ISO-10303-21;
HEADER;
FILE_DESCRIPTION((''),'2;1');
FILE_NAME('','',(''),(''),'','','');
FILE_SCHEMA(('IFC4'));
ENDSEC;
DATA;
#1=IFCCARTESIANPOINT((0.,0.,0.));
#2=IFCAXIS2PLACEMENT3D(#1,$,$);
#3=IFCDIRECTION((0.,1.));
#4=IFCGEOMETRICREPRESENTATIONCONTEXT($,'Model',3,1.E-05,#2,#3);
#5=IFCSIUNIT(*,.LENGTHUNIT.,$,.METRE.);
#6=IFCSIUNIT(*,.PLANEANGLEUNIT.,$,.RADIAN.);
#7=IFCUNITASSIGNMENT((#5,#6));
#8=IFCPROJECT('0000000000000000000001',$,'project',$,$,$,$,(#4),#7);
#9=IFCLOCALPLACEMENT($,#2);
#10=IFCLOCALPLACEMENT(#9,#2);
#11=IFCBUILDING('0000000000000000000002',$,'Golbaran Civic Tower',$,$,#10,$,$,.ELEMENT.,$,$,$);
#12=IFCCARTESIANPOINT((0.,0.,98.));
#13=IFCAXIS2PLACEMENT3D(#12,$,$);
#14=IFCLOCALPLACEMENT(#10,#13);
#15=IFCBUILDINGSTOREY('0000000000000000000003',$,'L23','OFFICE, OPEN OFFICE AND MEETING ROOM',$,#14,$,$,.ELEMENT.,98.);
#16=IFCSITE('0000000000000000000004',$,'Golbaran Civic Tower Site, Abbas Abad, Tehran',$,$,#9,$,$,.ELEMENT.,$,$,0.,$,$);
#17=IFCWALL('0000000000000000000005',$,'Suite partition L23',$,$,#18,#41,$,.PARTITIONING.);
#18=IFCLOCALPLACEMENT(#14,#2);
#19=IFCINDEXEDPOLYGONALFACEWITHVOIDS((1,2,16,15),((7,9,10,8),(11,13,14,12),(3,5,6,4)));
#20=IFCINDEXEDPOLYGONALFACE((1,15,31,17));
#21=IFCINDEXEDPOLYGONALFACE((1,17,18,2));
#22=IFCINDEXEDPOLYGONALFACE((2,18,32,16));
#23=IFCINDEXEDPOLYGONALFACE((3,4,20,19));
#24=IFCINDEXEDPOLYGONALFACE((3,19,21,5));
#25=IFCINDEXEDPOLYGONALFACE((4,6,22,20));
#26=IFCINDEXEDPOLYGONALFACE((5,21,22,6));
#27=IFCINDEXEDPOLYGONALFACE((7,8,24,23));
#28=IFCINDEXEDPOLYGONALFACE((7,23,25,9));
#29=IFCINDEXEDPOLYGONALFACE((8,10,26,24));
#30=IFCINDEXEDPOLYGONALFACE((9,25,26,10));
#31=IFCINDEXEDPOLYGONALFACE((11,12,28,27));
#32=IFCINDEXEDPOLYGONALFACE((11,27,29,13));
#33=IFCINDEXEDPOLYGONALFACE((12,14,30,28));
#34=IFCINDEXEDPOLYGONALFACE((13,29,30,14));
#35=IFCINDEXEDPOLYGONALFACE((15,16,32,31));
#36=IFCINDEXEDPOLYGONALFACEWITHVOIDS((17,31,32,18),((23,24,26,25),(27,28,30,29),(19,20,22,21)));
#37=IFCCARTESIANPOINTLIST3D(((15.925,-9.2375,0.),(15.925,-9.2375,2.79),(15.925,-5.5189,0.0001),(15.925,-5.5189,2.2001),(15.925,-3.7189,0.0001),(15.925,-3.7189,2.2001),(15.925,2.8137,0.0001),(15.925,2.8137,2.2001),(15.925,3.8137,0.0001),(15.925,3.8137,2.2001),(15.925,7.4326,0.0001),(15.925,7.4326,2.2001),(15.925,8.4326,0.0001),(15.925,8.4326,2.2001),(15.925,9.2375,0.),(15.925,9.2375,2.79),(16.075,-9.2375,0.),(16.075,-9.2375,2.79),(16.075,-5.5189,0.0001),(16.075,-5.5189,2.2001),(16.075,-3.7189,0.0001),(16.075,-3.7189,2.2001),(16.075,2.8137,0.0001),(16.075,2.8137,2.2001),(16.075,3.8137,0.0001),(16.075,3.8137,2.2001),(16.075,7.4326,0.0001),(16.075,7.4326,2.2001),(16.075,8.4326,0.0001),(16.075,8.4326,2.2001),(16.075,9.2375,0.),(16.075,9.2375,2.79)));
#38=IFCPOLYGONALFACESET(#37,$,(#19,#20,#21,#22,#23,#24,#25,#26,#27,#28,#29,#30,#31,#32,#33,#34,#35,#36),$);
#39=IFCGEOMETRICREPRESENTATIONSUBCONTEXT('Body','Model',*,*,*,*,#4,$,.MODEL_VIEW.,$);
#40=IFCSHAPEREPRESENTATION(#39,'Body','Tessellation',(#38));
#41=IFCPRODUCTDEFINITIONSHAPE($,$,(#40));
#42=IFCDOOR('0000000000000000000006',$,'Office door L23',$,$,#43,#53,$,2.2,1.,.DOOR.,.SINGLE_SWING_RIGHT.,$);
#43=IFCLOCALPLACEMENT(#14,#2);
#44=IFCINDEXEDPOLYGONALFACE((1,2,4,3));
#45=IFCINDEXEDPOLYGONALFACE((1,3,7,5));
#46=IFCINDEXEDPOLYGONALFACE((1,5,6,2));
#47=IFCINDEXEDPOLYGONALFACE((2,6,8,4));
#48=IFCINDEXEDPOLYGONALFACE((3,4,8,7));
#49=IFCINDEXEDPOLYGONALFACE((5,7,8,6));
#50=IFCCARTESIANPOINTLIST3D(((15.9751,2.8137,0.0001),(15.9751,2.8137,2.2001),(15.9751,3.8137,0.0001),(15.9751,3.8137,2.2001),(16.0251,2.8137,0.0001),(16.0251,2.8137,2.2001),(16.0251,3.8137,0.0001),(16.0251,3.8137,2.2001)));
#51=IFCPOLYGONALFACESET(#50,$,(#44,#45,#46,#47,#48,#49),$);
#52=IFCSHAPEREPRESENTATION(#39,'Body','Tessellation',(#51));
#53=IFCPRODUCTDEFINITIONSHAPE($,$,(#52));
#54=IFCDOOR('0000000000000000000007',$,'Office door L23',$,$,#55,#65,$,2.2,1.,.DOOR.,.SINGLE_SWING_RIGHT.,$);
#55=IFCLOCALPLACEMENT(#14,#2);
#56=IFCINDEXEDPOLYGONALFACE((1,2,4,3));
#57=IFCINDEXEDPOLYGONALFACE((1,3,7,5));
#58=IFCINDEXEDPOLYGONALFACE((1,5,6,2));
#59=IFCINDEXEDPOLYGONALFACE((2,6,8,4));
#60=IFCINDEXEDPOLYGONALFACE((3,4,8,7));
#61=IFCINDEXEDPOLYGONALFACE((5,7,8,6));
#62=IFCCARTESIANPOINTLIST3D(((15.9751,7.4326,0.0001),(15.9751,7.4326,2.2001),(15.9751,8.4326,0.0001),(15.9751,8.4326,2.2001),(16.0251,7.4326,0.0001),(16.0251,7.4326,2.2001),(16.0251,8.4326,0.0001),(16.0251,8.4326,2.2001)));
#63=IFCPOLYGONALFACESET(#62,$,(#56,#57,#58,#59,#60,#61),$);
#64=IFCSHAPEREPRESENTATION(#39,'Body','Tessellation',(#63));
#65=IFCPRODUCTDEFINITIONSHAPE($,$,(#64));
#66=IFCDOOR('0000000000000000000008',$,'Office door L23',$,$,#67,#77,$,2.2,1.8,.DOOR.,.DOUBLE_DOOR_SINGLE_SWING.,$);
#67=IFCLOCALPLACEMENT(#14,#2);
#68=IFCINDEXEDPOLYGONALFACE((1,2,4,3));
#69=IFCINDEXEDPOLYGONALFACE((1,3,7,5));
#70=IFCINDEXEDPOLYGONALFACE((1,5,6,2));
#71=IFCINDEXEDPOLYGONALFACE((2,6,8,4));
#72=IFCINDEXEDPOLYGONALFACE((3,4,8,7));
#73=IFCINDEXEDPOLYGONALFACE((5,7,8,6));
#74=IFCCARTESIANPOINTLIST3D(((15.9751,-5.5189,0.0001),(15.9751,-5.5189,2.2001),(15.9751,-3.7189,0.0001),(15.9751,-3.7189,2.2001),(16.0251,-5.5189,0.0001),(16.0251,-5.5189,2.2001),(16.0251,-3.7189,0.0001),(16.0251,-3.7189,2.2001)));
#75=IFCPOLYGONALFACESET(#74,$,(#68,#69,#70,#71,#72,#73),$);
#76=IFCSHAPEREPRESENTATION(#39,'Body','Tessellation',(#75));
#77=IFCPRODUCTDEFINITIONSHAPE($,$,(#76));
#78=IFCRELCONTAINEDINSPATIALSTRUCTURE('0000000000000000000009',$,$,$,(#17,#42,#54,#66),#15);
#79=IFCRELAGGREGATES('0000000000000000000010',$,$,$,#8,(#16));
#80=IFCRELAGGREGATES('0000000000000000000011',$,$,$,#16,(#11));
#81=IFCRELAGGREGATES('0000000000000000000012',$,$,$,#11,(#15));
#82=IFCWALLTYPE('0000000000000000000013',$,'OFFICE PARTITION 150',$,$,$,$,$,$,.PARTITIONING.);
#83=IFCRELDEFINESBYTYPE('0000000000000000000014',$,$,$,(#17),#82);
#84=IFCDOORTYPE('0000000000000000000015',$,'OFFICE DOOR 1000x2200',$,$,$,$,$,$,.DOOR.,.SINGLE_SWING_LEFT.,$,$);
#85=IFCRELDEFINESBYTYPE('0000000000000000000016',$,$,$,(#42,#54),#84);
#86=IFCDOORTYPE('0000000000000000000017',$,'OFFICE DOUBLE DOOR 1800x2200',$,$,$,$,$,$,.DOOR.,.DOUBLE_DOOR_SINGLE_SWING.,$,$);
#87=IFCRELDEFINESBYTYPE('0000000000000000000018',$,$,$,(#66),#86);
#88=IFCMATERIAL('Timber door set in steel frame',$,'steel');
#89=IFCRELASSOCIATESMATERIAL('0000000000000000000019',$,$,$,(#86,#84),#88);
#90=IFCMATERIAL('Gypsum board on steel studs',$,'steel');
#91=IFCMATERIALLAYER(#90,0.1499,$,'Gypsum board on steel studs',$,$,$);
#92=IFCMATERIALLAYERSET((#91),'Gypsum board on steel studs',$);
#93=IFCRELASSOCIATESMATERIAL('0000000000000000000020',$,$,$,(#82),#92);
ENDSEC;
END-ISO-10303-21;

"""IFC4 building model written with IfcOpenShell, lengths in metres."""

from ifc_helpers import new_model, si_unit, direction, frame, frame_2d, origin, place, context, subcontext, project, spatial, rectangle, extrude, material, layer, layer_set, type_object, element, fill, save


model = new_model("IFC4")

# Units and contexts
model_context = context("Model", 3, precision=1e-05, world=origin(), true_north=direction((0.0, 1.0)))
body_context = subcontext(model_context, "Body", "Model", "MODEL_VIEW")
ifc_project = project(units=[si_unit("LENGTHUNIT", "METRE"), si_unit("PLANEANGLEUNIT", "RADIAN")], contexts=[model_context])

# Site, building, storey
site_placement = place(None, origin())
site = spatial("IfcSite", under=ifc_project, at=site_placement, Name="Golbaran Civic Tower Site, Abbas Abad, Tehran", CompositionType="ELEMENT", RefElevation=0.0)
building_placement = place(site_placement, origin())
building = spatial("IfcBuilding", under=site, at=building_placement, Name="Golbaran Civic Tower", CompositionType="ELEMENT")
storey_placement = place(building_placement, frame((0.0, 0.0, 98.0)))
storey = spatial("IfcBuildingStorey", under=building, at=storey_placement, Name="L23", Description="OFFICE, OPEN OFFICE AND MEETING ROOM", CompositionType="ELEMENT", Elevation=98.0)

# Shared definitions
ifc_material_1 = material(Name="Timber door set in steel frame", Category="steel")

# Shared definitions
door_type_1 = type_object("IfcDoorType", Name="OFFICE DOUBLE DOOR 1800x2200", OperationType="DOUBLE_DOOR_SINGLE_SWING", PredefinedType="DOOR", material=ifc_material_1)
door_type_2 = type_object("IfcDoorType", Name="OFFICE DOOR 1000x2200", OperationType="SINGLE_SWING_LEFT", PredefinedType="DOOR", material=ifc_material_1)

# Shared definitions
ifc_material_2 = material(Name="Gypsum board on steel studs", Category="steel")
ifc_layer_1 = layer(ifc_material_2, 0.1499, Name="Gypsum board on steel studs")
ifc_layer_set_1 = layer_set([ifc_layer_1], Name="Gypsum board on steel studs")
wall_type_1 = type_object("IfcWallType", Name="OFFICE PARTITION 150", PredefinedType="PARTITIONING", material=ifc_layer_set_1)

# Wall, openings, doors
wall_1_placement = place(storey_placement, frame((16.0, -9.2375, 0.0), z_axis=(0.0, 0.0, 1.0), x_axis=(0.0, 1.0, 0.0)))
wall_1 = element("IfcWall", 1, at=wall_1_placement, inside=storey, type_object=wall_type_1, Name="Suite partition L23", PredefinedType="PARTITIONING", context=body_context, shape_type="SweptSolid", body=[
    extrude(rectangle(XDim=18.4751, YDim=0.1499, at=frame_2d((9.2375, 0.0))), origin(), (0.0, 0.0, 1.0), 2.79),
])
opening_1_placement = place(wall_1_placement, frame((3.7188, 0.0, 0.0)))
opening_1 = element("IfcOpeningElement", 2, at=opening_1_placement, cuts=wall_1, PredefinedType="OPENING", context=body_context, shape_type="SweptSolid", body=[
    extrude(rectangle(XDim=1.8, YDim=2.2, at=frame_2d((0.8999, 1.1001))), frame((0.0, 0.085, 0.0), z_axis=(0.0, -1.0, 0.0), x_axis=(1.0, 0.0, 0.0)), (0.0, 0.0, 1.0), 0.1699),
])
opening_2_placement = place(wall_1_placement, frame((12.0513, 0.0, 0.0)))
opening_2 = element("IfcOpeningElement", 3, at=opening_2_placement, cuts=wall_1, PredefinedType="OPENING", context=body_context, shape_type="SweptSolid", body=[
    extrude(rectangle(XDim=1.0, YDim=2.2, at=frame_2d((0.5, 1.1001))), frame((0.0, 0.085, 0.0), z_axis=(0.0, -1.0, 0.0), x_axis=(1.0, 0.0, 0.0)), (0.0, 0.0, 1.0), 0.1699),
])
opening_3_placement = place(wall_1_placement, frame((16.6702, 0.0, 0.0)))
opening_3 = element("IfcOpeningElement", 4, at=opening_3_placement, cuts=wall_1, PredefinedType="OPENING", context=body_context, shape_type="SweptSolid", body=[
    extrude(rectangle(XDim=1.0, YDim=2.2, at=frame_2d((0.5, 1.1001))), frame((0.0, 0.085, 0.0), z_axis=(0.0, -1.0, 0.0), x_axis=(1.0, 0.0, 0.0)), (0.0, 0.0, 1.0), 0.1699),
])
door_1_placement = place(opening_2_placement, origin())
door_1 = element("IfcDoor", 5, at=door_1_placement, inside=storey, type_object=door_type_2, Name="Office door L23", OperationType="SINGLE_SWING_RIGHT", OverallHeight=2.2, OverallWidth=1.0, PredefinedType="DOOR", context=body_context, shape_type="SweptSolid", body=[
    extrude(rectangle(XDim=1.0, YDim=2.2, at=frame_2d((0.5, 1.1001))), frame((0.0, 0.0249, 0.0), z_axis=(0.0, -1.0, 0.0), x_axis=(1.0, 0.0, 0.0)), (0.0, 0.0, 1.0), 0.05),
])
fill(opening_2, door_1)
door_2_placement = place(opening_3_placement, origin())
door_2 = element("IfcDoor", 6, at=door_2_placement, inside=storey, type_object=door_type_2, Name="Office door L23", OperationType="SINGLE_SWING_RIGHT", OverallHeight=2.2, OverallWidth=1.0, PredefinedType="DOOR", context=body_context, shape_type="SweptSolid", body=[
    extrude(rectangle(XDim=1.0, YDim=2.2, at=frame_2d((0.5, 1.1001))), frame((0.0, 0.0249, 0.0), z_axis=(0.0, -1.0, 0.0), x_axis=(1.0, 0.0, 0.0)), (0.0, 0.0, 1.0), 0.05),
])
fill(opening_3, door_2)
door_3_placement = place(opening_1_placement, origin())
door_3 = element("IfcDoor", 7, at=door_3_placement, inside=storey, type_object=door_type_1, Name="Office door L23", OperationType="DOUBLE_DOOR_SINGLE_SWING", OverallHeight=2.2, OverallWidth=1.8, PredefinedType="DOOR", context=body_context, shape_type="SweptSolid", body=[
    extrude(rectangle(XDim=1.8, YDim=2.2, at=frame_2d((0.8999, 1.1001))), frame((0.0, 0.0249, 0.0), z_axis=(0.0, -1.0, 0.0), x_axis=(1.0, 0.0, 0.0)), (0.0, 0.0, 1.0), 0.05),
])
fill(opening_1, door_3)

save(model, "model.ifc")
